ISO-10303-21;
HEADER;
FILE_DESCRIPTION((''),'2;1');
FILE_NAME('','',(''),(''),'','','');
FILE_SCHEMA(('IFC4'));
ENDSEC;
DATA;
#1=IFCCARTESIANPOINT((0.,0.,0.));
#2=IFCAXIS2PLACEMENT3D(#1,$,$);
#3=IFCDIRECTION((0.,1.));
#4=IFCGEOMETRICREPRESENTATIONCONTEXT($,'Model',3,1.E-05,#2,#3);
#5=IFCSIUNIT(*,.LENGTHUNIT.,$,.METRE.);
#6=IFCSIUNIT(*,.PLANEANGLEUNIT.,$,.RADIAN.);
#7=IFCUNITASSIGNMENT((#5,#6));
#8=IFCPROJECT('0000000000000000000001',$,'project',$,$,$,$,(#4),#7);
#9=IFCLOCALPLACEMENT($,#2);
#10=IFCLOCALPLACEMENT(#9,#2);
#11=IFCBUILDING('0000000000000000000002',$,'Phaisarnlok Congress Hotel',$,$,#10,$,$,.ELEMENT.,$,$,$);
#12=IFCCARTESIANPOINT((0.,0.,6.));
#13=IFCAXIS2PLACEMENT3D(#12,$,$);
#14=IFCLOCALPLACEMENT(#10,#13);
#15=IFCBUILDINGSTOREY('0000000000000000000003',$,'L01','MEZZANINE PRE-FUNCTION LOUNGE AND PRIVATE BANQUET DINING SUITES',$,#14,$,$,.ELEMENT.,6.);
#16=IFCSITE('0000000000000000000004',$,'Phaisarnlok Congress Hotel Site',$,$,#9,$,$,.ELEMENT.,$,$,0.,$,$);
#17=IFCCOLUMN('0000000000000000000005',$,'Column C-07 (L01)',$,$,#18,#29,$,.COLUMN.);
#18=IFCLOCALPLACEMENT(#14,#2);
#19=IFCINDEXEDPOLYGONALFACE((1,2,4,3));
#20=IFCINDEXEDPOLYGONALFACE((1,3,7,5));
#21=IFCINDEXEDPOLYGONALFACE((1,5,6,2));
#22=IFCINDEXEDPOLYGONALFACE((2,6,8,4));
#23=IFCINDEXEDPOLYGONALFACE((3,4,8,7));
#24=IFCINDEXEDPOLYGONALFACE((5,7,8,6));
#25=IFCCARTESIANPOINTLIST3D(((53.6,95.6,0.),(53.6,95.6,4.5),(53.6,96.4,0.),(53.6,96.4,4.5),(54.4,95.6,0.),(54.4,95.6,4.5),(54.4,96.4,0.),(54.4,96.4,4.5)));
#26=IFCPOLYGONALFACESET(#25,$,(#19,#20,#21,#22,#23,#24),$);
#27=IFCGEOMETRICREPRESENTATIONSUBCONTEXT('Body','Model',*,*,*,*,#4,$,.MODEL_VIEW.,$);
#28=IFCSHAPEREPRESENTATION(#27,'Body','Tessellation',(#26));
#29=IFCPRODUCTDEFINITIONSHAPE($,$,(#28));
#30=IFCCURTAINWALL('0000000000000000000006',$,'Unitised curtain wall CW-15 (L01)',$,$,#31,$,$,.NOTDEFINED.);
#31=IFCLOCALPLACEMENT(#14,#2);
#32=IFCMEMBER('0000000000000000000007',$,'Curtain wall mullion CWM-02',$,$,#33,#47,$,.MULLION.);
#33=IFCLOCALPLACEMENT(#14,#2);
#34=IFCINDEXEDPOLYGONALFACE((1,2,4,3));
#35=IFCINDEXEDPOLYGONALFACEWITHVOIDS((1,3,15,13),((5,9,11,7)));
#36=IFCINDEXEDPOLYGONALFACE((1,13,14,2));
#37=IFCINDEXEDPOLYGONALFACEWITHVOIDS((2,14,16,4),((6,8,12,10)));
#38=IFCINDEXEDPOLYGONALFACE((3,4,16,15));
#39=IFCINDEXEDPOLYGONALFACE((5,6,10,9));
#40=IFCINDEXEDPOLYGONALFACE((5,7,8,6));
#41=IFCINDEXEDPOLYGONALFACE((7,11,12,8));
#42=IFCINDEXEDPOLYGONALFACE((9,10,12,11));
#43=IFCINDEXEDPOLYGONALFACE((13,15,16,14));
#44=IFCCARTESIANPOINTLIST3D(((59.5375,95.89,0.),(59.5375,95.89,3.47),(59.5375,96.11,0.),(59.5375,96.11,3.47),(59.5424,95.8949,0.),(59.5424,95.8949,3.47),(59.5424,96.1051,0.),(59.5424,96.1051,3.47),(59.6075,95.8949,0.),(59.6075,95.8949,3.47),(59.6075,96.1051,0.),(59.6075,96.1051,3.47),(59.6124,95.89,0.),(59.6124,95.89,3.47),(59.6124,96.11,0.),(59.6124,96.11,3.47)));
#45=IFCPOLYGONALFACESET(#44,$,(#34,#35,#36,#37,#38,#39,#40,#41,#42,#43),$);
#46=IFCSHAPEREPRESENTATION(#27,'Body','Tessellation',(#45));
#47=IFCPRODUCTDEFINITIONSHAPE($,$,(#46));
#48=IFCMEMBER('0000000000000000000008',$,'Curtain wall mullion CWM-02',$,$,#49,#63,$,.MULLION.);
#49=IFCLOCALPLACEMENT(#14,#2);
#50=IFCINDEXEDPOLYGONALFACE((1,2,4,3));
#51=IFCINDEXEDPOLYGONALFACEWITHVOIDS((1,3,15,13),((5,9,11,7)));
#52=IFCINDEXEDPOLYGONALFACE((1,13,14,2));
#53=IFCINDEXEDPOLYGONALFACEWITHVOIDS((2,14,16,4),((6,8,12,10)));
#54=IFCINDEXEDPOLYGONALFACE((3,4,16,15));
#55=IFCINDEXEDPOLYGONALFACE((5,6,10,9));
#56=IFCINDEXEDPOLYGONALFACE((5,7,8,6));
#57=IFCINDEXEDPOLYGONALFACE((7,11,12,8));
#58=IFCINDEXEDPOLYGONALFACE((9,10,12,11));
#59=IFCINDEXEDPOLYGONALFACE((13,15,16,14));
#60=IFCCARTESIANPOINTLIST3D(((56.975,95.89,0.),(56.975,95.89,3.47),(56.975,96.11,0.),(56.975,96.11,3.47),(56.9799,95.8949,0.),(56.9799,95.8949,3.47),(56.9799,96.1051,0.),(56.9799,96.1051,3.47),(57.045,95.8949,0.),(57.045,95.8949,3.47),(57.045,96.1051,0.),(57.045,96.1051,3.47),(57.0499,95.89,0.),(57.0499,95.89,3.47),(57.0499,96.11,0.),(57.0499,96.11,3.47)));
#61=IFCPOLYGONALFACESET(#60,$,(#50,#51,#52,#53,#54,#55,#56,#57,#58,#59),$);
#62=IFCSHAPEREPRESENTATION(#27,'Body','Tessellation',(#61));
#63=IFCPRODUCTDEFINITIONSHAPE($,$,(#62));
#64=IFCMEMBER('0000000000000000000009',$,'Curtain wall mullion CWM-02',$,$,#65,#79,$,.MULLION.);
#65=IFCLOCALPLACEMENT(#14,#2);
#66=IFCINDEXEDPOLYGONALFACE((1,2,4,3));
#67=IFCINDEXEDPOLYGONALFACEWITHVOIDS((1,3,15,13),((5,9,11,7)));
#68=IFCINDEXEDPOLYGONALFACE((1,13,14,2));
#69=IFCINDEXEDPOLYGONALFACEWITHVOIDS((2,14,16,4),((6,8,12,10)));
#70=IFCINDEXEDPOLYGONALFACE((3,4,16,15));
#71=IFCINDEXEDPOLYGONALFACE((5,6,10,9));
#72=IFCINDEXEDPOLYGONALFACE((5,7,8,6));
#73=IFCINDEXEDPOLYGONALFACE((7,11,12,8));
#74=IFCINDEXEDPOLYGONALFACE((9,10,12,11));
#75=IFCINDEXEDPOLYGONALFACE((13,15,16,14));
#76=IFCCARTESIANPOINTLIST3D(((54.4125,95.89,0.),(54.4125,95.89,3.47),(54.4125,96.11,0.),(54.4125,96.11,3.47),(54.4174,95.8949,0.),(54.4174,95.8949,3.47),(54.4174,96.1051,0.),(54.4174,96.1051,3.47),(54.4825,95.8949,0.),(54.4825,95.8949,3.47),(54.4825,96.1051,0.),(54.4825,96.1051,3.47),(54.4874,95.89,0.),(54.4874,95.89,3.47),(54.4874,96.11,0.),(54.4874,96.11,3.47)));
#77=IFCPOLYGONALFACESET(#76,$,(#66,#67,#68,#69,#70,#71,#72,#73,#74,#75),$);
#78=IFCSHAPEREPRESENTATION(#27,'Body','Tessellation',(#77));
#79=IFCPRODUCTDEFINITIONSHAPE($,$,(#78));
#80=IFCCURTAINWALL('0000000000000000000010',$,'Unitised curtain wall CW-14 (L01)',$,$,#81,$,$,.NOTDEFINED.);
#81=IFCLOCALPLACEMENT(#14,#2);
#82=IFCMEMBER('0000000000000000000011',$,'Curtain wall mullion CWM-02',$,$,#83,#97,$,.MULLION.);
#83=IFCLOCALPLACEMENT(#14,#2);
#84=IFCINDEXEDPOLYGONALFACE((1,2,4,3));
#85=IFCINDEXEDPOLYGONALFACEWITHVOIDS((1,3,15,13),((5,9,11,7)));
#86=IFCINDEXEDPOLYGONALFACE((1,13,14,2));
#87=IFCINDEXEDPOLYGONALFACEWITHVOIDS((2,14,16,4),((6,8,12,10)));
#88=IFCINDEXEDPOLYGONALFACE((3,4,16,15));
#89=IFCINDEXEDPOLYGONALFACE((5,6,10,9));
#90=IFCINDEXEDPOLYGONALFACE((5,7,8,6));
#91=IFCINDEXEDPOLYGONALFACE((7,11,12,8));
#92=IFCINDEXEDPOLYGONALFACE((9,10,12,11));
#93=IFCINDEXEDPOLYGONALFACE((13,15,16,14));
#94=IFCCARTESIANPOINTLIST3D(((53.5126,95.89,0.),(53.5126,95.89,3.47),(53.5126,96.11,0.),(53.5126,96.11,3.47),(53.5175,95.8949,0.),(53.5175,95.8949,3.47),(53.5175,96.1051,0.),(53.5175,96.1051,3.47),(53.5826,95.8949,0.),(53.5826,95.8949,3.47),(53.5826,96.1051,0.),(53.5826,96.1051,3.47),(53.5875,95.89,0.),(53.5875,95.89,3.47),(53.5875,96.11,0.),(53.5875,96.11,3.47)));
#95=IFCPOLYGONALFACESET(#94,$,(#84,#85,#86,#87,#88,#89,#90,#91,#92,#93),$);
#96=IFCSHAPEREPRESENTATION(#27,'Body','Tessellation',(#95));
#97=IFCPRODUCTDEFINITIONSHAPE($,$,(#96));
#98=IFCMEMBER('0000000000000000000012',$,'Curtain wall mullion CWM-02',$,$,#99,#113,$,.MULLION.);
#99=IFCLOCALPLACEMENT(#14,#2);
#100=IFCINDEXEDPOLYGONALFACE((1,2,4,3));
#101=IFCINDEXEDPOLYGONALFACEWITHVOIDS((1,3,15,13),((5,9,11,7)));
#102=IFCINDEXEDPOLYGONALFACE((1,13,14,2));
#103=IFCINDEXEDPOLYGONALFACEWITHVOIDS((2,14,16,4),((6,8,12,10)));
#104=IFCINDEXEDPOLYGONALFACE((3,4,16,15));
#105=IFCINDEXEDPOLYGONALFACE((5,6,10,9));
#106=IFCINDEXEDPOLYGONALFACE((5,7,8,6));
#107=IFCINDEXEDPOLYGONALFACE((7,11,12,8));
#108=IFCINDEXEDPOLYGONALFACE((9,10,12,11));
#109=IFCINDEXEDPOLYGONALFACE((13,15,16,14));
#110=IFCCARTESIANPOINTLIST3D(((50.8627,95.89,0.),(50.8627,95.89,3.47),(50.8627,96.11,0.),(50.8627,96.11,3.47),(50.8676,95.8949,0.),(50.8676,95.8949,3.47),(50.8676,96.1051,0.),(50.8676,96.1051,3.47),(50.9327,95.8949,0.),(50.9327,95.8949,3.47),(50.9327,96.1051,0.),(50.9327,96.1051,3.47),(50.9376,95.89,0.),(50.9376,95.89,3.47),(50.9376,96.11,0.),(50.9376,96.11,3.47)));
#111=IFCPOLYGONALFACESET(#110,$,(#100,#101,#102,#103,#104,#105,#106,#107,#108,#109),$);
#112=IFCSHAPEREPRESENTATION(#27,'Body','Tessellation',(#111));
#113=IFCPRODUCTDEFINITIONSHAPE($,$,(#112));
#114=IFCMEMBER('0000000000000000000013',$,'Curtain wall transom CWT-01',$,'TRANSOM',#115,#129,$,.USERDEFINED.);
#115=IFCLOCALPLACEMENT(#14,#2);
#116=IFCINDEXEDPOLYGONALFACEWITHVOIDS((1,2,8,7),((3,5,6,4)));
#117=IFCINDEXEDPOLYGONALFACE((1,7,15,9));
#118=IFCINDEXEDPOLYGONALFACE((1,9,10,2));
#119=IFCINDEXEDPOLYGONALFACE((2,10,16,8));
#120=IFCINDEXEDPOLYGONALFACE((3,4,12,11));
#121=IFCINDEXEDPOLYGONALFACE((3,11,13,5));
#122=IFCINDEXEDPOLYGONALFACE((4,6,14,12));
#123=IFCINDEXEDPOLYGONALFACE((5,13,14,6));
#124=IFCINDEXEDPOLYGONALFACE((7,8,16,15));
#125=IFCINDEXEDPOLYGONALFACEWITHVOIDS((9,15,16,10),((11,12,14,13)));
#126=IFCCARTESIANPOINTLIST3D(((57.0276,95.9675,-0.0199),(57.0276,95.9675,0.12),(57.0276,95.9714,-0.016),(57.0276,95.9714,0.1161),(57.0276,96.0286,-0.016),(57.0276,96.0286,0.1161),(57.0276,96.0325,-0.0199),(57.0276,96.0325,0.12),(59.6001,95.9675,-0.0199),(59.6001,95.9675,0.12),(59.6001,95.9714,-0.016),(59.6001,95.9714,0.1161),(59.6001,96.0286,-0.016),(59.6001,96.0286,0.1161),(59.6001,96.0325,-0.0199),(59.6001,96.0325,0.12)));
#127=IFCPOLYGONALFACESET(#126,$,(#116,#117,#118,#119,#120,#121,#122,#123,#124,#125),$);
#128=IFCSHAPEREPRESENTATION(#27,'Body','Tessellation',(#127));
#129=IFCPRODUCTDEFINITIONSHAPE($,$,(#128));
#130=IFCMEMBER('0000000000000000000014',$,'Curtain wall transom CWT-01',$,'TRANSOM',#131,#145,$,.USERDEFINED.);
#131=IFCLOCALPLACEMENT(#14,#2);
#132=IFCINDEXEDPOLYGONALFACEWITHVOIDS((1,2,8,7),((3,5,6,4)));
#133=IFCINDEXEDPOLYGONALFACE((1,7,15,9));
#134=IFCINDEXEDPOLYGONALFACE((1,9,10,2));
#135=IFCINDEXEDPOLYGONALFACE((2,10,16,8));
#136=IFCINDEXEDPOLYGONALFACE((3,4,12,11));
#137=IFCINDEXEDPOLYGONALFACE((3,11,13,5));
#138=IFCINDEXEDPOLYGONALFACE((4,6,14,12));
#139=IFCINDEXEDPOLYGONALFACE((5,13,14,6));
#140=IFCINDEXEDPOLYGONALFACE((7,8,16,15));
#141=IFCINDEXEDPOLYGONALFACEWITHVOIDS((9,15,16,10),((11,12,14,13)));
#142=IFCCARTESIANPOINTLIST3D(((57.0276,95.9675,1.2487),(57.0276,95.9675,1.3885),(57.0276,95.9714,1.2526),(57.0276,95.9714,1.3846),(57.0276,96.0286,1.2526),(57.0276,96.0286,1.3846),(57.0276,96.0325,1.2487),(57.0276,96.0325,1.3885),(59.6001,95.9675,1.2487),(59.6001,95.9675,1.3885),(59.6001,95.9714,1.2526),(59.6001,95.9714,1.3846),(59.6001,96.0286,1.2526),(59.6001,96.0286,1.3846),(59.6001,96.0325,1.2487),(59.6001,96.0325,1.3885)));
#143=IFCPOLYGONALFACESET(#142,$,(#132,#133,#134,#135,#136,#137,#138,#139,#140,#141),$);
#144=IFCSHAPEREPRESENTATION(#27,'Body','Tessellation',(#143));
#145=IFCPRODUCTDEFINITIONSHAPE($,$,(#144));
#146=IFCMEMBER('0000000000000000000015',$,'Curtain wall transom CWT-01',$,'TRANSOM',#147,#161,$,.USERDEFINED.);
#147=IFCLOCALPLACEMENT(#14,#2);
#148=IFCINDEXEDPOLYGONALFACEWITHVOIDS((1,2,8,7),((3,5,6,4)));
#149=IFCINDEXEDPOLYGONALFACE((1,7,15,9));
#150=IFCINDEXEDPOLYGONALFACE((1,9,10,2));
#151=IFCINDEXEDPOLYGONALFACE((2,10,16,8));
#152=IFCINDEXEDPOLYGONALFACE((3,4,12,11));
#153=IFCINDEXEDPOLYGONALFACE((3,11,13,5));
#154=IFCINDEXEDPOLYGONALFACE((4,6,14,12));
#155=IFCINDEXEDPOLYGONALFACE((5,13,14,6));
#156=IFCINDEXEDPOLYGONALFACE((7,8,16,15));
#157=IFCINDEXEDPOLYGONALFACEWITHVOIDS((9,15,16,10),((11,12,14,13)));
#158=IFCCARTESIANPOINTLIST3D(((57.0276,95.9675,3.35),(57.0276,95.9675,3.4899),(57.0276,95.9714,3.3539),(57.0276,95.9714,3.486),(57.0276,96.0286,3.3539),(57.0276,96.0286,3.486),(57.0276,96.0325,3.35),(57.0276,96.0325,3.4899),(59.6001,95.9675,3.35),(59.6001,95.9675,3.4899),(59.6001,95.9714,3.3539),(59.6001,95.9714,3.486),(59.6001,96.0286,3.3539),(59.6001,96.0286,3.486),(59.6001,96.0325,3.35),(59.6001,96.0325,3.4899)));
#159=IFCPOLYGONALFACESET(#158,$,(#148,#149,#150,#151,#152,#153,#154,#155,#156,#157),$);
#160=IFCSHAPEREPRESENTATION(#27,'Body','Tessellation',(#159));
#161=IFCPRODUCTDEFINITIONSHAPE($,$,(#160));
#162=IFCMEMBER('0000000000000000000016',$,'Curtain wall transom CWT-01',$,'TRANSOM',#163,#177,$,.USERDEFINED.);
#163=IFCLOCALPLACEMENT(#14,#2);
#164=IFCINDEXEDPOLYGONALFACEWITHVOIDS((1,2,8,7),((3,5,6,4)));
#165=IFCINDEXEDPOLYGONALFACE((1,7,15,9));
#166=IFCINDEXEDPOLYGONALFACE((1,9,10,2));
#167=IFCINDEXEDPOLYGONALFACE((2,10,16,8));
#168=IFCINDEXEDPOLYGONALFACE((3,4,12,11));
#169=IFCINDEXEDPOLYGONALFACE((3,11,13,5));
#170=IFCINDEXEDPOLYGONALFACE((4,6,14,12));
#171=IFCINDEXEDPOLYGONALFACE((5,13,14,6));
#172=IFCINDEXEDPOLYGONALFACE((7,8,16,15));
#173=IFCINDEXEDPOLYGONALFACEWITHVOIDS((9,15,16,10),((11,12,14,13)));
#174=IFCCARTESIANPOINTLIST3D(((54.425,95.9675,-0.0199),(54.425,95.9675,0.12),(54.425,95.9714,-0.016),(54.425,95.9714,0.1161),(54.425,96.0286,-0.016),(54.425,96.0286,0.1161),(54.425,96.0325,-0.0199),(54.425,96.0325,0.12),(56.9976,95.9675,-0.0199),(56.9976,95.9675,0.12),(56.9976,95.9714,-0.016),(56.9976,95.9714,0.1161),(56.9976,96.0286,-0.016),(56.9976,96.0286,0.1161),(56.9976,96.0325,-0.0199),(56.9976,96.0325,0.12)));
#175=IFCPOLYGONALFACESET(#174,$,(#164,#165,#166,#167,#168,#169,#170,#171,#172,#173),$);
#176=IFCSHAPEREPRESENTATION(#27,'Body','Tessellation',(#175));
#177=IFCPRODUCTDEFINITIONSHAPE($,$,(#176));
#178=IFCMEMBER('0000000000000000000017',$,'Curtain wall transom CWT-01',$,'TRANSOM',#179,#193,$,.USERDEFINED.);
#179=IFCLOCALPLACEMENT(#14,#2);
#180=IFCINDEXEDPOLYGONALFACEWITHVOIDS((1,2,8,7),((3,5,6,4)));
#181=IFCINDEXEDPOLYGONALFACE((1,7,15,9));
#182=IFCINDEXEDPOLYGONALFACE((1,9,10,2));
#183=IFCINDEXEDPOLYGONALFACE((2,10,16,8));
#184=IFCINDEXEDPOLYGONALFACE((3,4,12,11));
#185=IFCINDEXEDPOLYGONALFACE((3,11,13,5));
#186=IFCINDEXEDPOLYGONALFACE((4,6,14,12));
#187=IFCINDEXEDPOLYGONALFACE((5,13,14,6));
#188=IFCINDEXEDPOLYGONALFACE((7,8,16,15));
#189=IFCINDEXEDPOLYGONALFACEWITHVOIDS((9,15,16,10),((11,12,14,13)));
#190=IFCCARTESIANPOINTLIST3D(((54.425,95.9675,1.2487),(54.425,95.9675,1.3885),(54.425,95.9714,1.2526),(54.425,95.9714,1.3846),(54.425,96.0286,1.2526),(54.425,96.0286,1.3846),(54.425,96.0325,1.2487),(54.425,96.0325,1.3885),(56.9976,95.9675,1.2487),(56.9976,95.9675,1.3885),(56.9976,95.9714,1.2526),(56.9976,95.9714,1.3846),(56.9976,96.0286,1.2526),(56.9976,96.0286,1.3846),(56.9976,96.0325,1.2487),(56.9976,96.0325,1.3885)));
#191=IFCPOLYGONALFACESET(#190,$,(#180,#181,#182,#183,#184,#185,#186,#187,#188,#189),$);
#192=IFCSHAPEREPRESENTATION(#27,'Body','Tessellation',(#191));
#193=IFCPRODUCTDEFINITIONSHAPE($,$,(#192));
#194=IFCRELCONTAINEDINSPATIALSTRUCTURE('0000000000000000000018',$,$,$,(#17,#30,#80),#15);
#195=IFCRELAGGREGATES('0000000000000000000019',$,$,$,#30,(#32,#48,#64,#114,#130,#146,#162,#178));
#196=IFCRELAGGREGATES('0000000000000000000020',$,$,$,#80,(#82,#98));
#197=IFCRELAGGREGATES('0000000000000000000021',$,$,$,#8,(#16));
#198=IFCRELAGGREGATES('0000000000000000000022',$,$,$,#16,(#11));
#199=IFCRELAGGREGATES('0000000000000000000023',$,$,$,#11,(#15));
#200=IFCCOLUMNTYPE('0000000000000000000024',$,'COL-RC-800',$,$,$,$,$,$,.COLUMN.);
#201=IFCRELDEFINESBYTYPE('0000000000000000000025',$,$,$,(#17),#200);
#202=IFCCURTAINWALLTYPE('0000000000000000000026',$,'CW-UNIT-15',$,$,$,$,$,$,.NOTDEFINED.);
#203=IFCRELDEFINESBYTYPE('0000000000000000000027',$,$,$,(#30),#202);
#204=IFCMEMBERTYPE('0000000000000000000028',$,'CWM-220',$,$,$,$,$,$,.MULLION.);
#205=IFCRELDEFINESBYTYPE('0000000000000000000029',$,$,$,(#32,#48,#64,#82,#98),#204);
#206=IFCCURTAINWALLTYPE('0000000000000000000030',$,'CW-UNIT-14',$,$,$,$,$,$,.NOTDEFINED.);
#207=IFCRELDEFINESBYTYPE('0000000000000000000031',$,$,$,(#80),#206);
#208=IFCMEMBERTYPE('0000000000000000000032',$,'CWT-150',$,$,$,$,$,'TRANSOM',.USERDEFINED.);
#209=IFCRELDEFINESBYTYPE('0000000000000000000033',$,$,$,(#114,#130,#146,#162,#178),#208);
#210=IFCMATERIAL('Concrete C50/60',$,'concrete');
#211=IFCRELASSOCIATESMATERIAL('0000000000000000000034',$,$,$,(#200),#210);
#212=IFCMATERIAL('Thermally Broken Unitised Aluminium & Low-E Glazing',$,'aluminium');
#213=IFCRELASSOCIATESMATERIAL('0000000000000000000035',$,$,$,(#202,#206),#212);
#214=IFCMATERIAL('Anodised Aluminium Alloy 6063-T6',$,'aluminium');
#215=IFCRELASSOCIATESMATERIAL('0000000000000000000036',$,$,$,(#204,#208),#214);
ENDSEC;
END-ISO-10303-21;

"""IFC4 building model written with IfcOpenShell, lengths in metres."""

from ifc_helpers import new_model, si_unit, direction, frame, origin, origin_2d, place, context, subcontext, project, spatial, rectangle, hollow_rectangle, extrude, material, material_profile, profile_set, type_object, element, aggregate, save


model = new_model("IFC4")

# Units and contexts
model_context = context("Model", 3, precision=1e-05, world=origin(), true_north=direction((0.0, 1.0)))
body_context = subcontext(model_context, "Body", "Model", "MODEL_VIEW")
ifc_project = project(units=[si_unit("LENGTHUNIT", "METRE"), si_unit("PLANEANGLEUNIT", "RADIAN")], contexts=[model_context])

# Site, building, storey
site_placement = place(None, origin())
site = spatial("IfcSite", under=ifc_project, at=site_placement, Name="Phaisarnlok Congress Hotel Site", CompositionType="ELEMENT", RefElevation=0.0)
building_placement = place(site_placement, origin())
building = spatial("IfcBuilding", under=site, at=building_placement, Name="Phaisarnlok Congress Hotel", CompositionType="ELEMENT")
storey_placement = place(building_placement, frame((0.0, 0.0, 6.0)))
storey = spatial("IfcBuildingStorey", under=building, at=storey_placement, Name="L01", Description="MEZZANINE PRE-FUNCTION LOUNGE AND PRIVATE BANQUET DINING SUITES", CompositionType="ELEMENT", Elevation=6.0)

# Column
ifc_material_1 = material(Name="Concrete C50/60", Category="concrete")
ifc_material_profile_1 = material_profile(ifc_material_1, rectangle(XDim=0.8, YDim=0.8, at=origin_2d()), Name="RC 800x800")
ifc_profile_set_1 = profile_set([ifc_material_profile_1], Name="Concrete C50/60")
column_type = type_object("IfcColumnType", Name="COL-RC-800", PredefinedType="COLUMN", material=ifc_profile_set_1)
column_placement = place(storey_placement, frame((54.0, 96.0, 0.0), z_axis=(0.0, 0.0, 1.0), x_axis=(1.0, 0.0, 0.0)))
element("IfcColumn", 1, at=column_placement, inside=storey, type_object=column_type, Name="Column C-07 (L01)", PredefinedType="COLUMN", context=body_context, shape_type="SweptSolid", body=[
    extrude(rectangle(XDim=0.8, YDim=0.8, at=origin_2d()), origin(), (0.0, 0.0, 1.0), 4.5),
])

# Curtain walls, members
ifc_material_2 = material(Name="Thermally Broken Unitised Aluminium & Low-E Glazing", Category="aluminium")
curtain_wall_type_1 = type_object("IfcCurtainWallType", Name="CW-UNIT-15", PredefinedType="NOTDEFINED", material=ifc_material_2)
curtain_wall_1_placement = place(storey_placement, origin())
curtain_wall_1 = element("IfcCurtainWall", 2, at=curtain_wall_1_placement, inside=storey, type_object=curtain_wall_type_1, Name="Unitised curtain wall CW-15 (L01)", PredefinedType="NOTDEFINED")
ifc_material_3 = material(Name="Anodised Aluminium Alloy 6063-T6", Category="aluminium")
ifc_material_profile_2 = material_profile(ifc_material_3, hollow_rectangle(XDim=0.075, YDim=0.22, WallThickness=0.0049, at=origin_2d()), Name="ALU-M 75x220x5")
ifc_profile_set_2 = profile_set([ifc_material_profile_2], Name="Anodised Aluminium Alloy 6063-T6")
member_type_1 = type_object("IfcMemberType", Name="CWM-220", PredefinedType="MULLION", material=ifc_profile_set_2)
member_1_placement = place(storey_placement, frame((59.575, 96.0, 0.0), z_axis=(0.0, 0.0, 1.0), x_axis=(-1.0, 0.0, 0.0)))
member_1 = element("IfcMember", 3, at=member_1_placement, type_object=member_type_1, Name="Curtain wall mullion CWM-02", PredefinedType="MULLION", context=body_context, shape_type="SweptSolid", body=[
    extrude(hollow_rectangle(XDim=0.075, YDim=0.22, WallThickness=0.0049, at=origin_2d()), origin(), (0.0, 0.0, 1.0), 3.47),
])
member_2_placement = place(storey_placement, frame((57.0125, 96.0, 0.0), z_axis=(0.0, 0.0, 1.0), x_axis=(-1.0, 0.0, 0.0)))
member_2 = element("IfcMember", 4, at=member_2_placement, type_object=member_type_1, Name="Curtain wall mullion CWM-02", PredefinedType="MULLION", context=body_context, shape_type="SweptSolid", body=[
    extrude(hollow_rectangle(XDim=0.075, YDim=0.22, WallThickness=0.0049, at=origin_2d()), origin(), (0.0, 0.0, 1.0), 3.47),
])
member_3_placement = place(storey_placement, frame((54.45, 96.0, 0.0), z_axis=(0.0, 0.0, 1.0), x_axis=(-1.0, 0.0, 0.0)))
member_3 = element("IfcMember", 5, at=member_3_placement, type_object=member_type_1, Name="Curtain wall mullion CWM-02", PredefinedType="MULLION", context=body_context, shape_type="SweptSolid", body=[
    extrude(hollow_rectangle(XDim=0.075, YDim=0.22, WallThickness=0.0049, at=origin_2d()), origin(), (0.0, 0.0, 1.0), 3.47),
])
curtain_wall_type_2 = type_object("IfcCurtainWallType", Name="CW-UNIT-14", PredefinedType="NOTDEFINED", material=ifc_material_2)
curtain_wall_2_placement = place(storey_placement, origin())
curtain_wall_2 = element("IfcCurtainWall", 6, at=curtain_wall_2_placement, inside=storey, type_object=curtain_wall_type_2, Name="Unitised curtain wall CW-14 (L01)", PredefinedType="NOTDEFINED")
member_4_placement = place(storey_placement, frame((53.55, 96.0, 0.0), z_axis=(0.0, 0.0, 1.0), x_axis=(-1.0, 0.0, 0.0)))
member_4 = element("IfcMember", 7, at=member_4_placement, type_object=member_type_1, Name="Curtain wall mullion CWM-02", PredefinedType="MULLION", context=body_context, shape_type="SweptSolid", body=[
    extrude(hollow_rectangle(XDim=0.075, YDim=0.22, WallThickness=0.0049, at=origin_2d()), origin(), (0.0, 0.0, 1.0), 3.47),
])
member_5_placement = place(storey_placement, frame((50.9001, 96.0, 0.0), z_axis=(0.0, 0.0, 1.0), x_axis=(-1.0, 0.0, 0.0)))
member_5 = element("IfcMember", 8, at=member_5_placement, type_object=member_type_1, Name="Curtain wall mullion CWM-02", PredefinedType="MULLION", context=body_context, shape_type="SweptSolid", body=[
    extrude(hollow_rectangle(XDim=0.075, YDim=0.22, WallThickness=0.0049, at=origin_2d()), origin(), (0.0, 0.0, 1.0), 3.47),
])

# Members
ifc_material_profile_3 = material_profile(ifc_material_3, hollow_rectangle(XDim=0.0649, YDim=0.1399, WallThickness=0.0039, at=origin_2d()), Name="ALU-T 65x140x4")
ifc_profile_set_3 = profile_set([ifc_material_profile_3], Name="Anodised Aluminium Alloy 6063-T6")
member_type_2 = type_object("IfcMemberType", Name="CWT-150", ElementType="TRANSOM", PredefinedType="USERDEFINED", material=ifc_profile_set_3)
member_6_placement = place(storey_placement, frame((59.6001, 96.0, 0.05), z_axis=(-1.0, 0.0, 0.0), x_axis=(0.0, -1.0, 0.0)))
member_6 = element("IfcMember", 9, at=member_6_placement, type_object=member_type_2, Name="Curtain wall transom CWT-01", ObjectType="TRANSOM", PredefinedType="USERDEFINED", context=body_context, shape_type="SweptSolid", body=[
    extrude(hollow_rectangle(XDim=0.0649, YDim=0.1399, WallThickness=0.0039, at=origin_2d()), origin(), (0.0, 0.0, 1.0), 2.5725),
])
member_7_placement = place(storey_placement, frame((59.6001, 96.0, 1.3186), z_axis=(-1.0, 0.0, 0.0), x_axis=(0.0, -1.0, 0.0)))
member_7 = element("IfcMember", 10, at=member_7_placement, type_object=member_type_2, Name="Curtain wall transom CWT-01", ObjectType="TRANSOM", PredefinedType="USERDEFINED", context=body_context, shape_type="SweptSolid", body=[
    extrude(hollow_rectangle(XDim=0.0649, YDim=0.1399, WallThickness=0.0039, at=origin_2d()), origin(), (0.0, 0.0, 1.0), 2.5725),
])
member_8_placement = place(storey_placement, frame((59.6001, 96.0, 3.4199), z_axis=(-1.0, 0.0, 0.0), x_axis=(0.0, -1.0, 0.0)))
member_8 = element("IfcMember", 11, at=member_8_placement, type_object=member_type_2, Name="Curtain wall transom CWT-01", ObjectType="TRANSOM", PredefinedType="USERDEFINED", context=body_context, shape_type="SweptSolid", body=[
    extrude(hollow_rectangle(XDim=0.0649, YDim=0.1399, WallThickness=0.0039, at=origin_2d()), origin(), (0.0, 0.0, 1.0), 2.5725),
])
member_9_placement = place(storey_placement, frame((56.9976, 96.0, 0.05), z_axis=(-1.0, 0.0, 0.0), x_axis=(0.0, -1.0, 0.0)))
member_9 = element("IfcMember", 12, at=member_9_placement, type_object=member_type_2, Name="Curtain wall transom CWT-01", ObjectType="TRANSOM", PredefinedType="USERDEFINED", context=body_context, shape_type="SweptSolid", body=[
    extrude(hollow_rectangle(XDim=0.0649, YDim=0.1399, WallThickness=0.0039, at=origin_2d()), origin(), (0.0, 0.0, 1.0), 2.5725),
])
member_10_placement = place(storey_placement, frame((56.9976, 96.0, 1.3186), z_axis=(-1.0, 0.0, 0.0), x_axis=(0.0, -1.0, 0.0)))
member_10 = element("IfcMember", 13, at=member_10_placement, type_object=member_type_2, Name="Curtain wall transom CWT-01", ObjectType="TRANSOM", PredefinedType="USERDEFINED", context=body_context, shape_type="SweptSolid", body=[
    extrude(hollow_rectangle(XDim=0.0649, YDim=0.1399, WallThickness=0.0039, at=origin_2d()), origin(), (0.0, 0.0, 1.0), 2.5725),
])

aggregate(curtain_wall_1, [member_1, member_2, member_3, member_6, member_7, member_8, member_9, member_10])
aggregate(curtain_wall_2, [member_4, member_5])

save(model, "model.ifc")
